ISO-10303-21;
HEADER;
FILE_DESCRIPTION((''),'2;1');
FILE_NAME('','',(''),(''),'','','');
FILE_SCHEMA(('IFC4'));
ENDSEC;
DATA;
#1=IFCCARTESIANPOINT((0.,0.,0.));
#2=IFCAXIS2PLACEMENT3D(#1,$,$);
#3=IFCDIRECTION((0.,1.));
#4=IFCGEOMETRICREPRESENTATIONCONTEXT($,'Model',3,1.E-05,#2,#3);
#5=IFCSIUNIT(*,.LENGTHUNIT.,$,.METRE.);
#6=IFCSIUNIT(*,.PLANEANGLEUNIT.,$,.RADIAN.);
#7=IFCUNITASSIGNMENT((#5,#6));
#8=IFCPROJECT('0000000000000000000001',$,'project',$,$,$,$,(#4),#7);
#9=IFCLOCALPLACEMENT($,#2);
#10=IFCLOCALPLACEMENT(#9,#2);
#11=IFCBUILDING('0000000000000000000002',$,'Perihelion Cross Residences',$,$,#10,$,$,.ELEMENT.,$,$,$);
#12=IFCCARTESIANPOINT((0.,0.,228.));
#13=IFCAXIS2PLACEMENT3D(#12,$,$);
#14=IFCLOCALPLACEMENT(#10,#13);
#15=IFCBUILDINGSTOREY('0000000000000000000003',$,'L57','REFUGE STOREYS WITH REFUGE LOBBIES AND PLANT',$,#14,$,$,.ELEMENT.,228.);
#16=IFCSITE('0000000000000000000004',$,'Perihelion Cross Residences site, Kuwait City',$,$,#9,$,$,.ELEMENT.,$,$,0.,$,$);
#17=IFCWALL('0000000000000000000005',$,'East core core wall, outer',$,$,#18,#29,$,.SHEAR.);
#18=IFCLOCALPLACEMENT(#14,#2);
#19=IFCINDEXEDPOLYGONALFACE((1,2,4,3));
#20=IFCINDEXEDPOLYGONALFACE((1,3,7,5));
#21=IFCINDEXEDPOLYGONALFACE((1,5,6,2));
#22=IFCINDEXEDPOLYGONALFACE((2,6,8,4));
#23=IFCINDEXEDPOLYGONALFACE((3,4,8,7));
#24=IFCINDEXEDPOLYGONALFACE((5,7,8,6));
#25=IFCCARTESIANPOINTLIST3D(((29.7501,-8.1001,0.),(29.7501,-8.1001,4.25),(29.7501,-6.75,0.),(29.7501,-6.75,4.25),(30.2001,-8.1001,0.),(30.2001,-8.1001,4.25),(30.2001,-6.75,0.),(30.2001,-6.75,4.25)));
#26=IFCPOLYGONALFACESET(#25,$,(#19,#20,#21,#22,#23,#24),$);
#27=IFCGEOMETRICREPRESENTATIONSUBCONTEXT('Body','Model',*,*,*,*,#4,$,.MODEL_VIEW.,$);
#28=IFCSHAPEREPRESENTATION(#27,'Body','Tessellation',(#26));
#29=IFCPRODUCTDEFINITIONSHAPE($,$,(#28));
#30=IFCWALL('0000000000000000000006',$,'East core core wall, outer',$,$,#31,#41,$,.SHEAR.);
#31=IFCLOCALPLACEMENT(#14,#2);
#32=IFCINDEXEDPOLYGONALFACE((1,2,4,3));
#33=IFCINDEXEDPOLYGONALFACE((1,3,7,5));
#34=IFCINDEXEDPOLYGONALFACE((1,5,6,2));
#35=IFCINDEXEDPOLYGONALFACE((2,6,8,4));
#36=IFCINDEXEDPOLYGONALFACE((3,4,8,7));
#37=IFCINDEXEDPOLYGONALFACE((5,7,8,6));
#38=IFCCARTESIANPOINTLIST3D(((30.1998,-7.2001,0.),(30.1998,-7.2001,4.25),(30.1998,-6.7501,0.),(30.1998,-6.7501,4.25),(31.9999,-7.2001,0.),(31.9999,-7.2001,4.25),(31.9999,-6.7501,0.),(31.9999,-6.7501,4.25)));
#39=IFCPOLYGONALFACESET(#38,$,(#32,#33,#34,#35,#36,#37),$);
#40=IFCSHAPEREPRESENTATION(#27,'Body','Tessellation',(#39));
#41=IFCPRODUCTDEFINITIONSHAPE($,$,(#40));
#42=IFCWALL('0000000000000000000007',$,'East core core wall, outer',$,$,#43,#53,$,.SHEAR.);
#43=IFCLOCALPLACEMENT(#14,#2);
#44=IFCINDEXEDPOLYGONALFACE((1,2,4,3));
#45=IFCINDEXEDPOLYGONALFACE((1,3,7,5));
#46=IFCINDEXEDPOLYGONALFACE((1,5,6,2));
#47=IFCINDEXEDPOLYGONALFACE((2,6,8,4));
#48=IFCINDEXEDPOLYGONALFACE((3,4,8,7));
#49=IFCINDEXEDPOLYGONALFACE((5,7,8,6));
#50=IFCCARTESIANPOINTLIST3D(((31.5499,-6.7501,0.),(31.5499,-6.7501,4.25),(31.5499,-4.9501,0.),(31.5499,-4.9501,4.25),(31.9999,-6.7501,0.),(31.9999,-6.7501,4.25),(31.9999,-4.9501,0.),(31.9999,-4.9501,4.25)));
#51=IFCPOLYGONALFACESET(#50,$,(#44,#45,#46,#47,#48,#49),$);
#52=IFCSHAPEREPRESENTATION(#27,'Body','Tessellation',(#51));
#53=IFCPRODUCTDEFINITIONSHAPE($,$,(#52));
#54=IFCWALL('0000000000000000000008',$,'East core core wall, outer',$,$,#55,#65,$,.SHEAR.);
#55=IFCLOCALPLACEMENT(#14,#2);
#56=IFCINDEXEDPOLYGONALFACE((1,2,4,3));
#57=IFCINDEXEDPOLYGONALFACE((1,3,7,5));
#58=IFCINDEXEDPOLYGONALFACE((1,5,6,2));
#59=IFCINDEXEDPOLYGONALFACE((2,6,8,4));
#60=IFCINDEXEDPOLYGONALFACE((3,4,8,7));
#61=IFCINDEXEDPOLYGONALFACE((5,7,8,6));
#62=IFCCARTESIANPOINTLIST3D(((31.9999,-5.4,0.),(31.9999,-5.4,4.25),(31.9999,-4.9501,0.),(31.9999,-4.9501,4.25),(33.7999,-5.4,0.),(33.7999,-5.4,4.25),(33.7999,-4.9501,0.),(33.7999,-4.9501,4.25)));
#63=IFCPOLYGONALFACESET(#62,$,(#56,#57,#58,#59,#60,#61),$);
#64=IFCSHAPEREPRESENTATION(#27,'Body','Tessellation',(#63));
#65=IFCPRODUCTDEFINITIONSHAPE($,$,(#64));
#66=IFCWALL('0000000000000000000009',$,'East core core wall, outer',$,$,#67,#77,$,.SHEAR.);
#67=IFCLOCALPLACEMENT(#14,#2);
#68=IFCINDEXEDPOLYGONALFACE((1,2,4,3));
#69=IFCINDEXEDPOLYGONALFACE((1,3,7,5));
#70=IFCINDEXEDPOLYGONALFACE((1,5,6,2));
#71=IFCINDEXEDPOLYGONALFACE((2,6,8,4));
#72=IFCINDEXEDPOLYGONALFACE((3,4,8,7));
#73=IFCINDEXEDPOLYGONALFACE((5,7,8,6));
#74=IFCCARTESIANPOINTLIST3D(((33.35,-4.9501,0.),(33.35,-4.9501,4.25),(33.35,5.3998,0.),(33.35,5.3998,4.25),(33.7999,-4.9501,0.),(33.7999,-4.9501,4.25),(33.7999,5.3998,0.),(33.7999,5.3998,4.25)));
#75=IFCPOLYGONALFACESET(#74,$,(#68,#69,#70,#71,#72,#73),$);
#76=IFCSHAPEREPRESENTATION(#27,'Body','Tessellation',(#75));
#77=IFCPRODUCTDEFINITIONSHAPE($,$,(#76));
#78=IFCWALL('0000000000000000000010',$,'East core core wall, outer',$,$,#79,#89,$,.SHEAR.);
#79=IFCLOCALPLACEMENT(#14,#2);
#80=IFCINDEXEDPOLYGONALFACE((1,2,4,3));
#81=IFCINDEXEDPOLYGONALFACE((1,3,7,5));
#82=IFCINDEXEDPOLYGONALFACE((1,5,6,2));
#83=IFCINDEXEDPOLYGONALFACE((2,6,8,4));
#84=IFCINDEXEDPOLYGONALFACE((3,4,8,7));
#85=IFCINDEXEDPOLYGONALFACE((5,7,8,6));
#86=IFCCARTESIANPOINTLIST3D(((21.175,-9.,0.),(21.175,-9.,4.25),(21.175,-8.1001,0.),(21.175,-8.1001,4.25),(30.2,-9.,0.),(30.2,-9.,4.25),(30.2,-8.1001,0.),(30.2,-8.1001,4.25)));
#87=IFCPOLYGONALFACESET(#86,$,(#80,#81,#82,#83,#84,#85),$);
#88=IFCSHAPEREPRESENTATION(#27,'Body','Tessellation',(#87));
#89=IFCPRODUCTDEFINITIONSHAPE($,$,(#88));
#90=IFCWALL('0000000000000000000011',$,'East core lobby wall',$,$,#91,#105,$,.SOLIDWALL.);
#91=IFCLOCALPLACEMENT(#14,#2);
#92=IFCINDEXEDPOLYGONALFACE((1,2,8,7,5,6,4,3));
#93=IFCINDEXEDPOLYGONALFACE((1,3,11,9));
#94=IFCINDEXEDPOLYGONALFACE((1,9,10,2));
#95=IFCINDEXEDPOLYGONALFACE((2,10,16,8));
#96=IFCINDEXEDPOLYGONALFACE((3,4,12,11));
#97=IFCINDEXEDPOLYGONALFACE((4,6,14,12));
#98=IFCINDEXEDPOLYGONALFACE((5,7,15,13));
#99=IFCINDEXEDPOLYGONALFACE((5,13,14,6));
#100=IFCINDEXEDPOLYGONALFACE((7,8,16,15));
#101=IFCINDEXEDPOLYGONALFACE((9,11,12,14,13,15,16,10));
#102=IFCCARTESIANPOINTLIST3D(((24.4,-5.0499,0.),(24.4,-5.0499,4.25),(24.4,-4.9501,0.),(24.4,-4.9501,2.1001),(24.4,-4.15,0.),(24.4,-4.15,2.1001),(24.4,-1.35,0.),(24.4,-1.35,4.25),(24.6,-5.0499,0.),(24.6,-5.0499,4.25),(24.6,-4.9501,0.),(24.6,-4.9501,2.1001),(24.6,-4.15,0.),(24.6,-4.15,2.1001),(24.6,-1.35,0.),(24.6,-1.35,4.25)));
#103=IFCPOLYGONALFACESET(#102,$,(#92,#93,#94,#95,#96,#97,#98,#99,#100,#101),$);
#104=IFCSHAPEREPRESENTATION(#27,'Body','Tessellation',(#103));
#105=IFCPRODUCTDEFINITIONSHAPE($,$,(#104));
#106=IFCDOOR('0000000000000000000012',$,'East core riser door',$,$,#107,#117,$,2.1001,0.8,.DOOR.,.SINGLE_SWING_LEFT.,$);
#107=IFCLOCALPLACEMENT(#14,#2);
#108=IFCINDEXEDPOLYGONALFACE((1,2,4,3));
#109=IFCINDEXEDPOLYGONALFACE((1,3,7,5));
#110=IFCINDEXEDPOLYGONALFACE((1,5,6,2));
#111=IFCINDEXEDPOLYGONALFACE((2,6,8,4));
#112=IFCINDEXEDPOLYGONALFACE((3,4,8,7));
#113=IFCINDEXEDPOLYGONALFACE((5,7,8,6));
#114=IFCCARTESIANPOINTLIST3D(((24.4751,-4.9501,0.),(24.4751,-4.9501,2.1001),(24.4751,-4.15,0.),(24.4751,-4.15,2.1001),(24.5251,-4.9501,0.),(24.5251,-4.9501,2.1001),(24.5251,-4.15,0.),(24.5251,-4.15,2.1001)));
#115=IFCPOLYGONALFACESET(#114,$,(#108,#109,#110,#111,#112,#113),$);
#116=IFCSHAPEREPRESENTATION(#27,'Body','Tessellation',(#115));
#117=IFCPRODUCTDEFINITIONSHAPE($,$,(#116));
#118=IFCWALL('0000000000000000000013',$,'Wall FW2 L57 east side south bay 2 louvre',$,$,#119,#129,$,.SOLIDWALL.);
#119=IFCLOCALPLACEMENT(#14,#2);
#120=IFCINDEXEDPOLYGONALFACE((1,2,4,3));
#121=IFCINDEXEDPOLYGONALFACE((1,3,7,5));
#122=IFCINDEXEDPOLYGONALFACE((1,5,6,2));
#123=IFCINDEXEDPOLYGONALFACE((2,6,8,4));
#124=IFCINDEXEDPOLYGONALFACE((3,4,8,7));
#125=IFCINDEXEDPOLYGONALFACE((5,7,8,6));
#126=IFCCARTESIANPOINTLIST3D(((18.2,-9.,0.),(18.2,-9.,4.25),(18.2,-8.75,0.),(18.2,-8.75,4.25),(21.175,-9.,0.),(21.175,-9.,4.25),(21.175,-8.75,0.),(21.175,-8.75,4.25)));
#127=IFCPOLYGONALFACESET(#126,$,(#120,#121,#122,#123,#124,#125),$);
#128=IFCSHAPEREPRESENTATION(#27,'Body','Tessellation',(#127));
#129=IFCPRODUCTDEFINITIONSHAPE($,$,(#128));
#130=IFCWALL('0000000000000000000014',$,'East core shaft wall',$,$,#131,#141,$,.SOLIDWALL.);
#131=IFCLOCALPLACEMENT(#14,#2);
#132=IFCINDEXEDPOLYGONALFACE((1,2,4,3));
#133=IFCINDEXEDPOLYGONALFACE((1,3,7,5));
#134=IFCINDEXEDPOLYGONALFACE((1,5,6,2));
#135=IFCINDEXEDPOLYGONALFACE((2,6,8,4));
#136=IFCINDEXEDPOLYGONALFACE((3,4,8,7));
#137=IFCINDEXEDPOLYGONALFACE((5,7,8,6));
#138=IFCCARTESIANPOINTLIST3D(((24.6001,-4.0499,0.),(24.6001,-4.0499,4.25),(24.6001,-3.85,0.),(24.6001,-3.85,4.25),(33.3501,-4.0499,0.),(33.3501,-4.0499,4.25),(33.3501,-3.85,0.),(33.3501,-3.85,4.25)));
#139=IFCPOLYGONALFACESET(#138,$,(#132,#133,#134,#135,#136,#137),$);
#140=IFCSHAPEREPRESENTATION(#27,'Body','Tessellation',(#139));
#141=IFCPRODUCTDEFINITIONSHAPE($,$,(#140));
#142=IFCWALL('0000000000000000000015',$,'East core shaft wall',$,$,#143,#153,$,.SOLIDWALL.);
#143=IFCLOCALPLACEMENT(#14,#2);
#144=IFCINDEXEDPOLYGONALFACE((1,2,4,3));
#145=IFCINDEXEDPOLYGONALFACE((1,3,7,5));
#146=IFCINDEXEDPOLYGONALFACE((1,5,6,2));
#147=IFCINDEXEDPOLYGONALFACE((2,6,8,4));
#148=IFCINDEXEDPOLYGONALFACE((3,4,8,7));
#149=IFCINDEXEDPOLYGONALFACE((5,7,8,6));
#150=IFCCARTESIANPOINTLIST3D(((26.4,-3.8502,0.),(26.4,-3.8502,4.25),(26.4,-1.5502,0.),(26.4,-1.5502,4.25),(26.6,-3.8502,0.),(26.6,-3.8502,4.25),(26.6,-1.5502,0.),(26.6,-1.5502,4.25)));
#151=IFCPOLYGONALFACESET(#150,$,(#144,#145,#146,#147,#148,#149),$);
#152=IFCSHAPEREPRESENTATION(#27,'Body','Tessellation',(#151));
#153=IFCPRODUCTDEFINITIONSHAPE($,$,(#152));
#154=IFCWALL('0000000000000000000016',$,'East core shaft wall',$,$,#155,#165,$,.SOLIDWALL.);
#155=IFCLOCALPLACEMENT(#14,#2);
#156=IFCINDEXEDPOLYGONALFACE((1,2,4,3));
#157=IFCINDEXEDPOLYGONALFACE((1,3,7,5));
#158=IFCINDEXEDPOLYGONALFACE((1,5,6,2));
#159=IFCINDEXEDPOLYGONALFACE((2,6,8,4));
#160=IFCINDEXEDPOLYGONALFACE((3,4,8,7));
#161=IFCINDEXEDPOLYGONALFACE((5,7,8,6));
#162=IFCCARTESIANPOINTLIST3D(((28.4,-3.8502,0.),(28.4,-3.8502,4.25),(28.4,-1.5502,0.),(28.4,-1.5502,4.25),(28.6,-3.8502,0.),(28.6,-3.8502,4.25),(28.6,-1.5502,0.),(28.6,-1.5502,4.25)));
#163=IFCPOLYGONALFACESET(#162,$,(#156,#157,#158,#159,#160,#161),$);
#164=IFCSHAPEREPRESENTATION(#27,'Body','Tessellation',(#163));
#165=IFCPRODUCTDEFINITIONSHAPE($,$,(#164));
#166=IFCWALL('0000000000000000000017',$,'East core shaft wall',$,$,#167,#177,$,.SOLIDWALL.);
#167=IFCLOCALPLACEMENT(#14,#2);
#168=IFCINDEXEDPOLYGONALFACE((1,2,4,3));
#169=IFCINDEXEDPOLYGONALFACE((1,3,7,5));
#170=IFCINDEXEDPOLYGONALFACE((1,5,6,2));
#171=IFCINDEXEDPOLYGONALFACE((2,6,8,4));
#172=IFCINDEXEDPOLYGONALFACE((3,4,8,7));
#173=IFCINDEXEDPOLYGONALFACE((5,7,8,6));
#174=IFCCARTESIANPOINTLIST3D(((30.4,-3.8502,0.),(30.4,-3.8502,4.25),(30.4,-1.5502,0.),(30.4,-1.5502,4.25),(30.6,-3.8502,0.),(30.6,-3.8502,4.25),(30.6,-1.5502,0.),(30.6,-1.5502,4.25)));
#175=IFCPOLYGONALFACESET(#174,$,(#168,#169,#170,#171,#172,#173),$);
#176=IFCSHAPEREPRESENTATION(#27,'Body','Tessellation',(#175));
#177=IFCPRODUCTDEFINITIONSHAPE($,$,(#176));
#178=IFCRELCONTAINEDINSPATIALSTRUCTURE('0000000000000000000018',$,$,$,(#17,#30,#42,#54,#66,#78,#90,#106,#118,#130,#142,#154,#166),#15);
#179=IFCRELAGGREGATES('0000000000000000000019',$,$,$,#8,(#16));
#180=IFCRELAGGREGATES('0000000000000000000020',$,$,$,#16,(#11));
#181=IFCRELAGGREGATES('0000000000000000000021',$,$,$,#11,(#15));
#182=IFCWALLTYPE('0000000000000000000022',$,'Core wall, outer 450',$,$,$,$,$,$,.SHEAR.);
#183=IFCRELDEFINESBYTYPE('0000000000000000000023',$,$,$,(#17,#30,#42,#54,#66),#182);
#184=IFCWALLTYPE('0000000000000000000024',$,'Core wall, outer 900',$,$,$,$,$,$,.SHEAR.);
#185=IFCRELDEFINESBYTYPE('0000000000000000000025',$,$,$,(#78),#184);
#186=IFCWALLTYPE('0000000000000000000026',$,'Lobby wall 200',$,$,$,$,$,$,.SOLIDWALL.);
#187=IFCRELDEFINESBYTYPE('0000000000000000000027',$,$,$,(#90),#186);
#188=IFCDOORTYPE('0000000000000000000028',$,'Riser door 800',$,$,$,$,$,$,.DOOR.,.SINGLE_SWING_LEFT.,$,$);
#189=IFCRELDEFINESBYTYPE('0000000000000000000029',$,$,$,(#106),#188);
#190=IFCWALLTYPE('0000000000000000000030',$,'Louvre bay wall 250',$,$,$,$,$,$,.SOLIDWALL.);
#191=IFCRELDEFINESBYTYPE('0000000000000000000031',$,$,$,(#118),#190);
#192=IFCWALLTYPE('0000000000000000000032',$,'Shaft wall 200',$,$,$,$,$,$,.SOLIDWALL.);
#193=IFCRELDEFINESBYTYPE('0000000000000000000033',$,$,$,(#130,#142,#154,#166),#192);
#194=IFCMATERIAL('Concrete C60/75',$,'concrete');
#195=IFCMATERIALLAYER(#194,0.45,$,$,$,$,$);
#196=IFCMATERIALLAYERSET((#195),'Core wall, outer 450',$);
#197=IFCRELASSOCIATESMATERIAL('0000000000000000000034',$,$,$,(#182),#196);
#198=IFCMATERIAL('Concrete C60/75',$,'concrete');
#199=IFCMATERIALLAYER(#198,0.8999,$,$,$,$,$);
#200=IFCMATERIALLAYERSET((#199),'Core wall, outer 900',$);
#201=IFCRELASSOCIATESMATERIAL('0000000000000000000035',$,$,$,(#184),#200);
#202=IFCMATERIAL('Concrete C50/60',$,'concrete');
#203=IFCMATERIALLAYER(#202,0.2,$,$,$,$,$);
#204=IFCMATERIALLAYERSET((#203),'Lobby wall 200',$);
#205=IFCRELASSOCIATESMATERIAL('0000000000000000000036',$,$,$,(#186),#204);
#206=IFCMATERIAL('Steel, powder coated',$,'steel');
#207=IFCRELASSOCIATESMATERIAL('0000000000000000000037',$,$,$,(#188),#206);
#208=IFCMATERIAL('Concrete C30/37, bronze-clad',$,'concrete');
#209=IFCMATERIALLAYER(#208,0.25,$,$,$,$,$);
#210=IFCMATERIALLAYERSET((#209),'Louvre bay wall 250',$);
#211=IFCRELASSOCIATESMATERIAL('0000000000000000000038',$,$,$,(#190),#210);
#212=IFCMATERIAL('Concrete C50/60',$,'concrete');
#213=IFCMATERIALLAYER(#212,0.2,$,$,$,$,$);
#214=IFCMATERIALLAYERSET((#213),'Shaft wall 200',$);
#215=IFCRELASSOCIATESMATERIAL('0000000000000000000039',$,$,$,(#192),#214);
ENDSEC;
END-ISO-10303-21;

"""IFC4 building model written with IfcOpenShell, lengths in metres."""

from ifc_helpers import new_model, si_unit, direction, frame, frame_2d, origin, place, context, subcontext, project, spatial, rectangle, extrude, material, layer, layer_set, type_object, element, fill, save


model = new_model("IFC4")

# Units and contexts
model_context = context("Model", 3, precision=1e-05, world=origin(), true_north=direction((0.0, 1.0)))
body_context = subcontext(model_context, "Body", "Model", "MODEL_VIEW")
ifc_project = project(units=[si_unit("LENGTHUNIT", "METRE"), si_unit("PLANEANGLEUNIT", "RADIAN")], contexts=[model_context])

# Site, building, storey
site_placement = place(None, origin())
site = spatial("IfcSite", under=ifc_project, at=site_placement, Name="Perihelion Cross Residences site, Kuwait City", CompositionType="ELEMENT", RefElevation=0.0)
building_placement = place(site_placement, origin())
building = spatial("IfcBuilding", under=site, at=building_placement, Name="Perihelion Cross Residences", CompositionType="ELEMENT")
storey_placement = place(building_placement, frame((0.0, 0.0, 228.0)))
storey = spatial("IfcBuildingStorey", under=building, at=storey_placement, Name="L57", Description="REFUGE STOREYS WITH REFUGE LOBBIES AND PLANT", CompositionType="ELEMENT", Elevation=228.0)

# Walls
ifc_material_1 = material(Name="Concrete C60/75", Category="concrete")
ifc_layer_1 = layer(ifc_material_1, 0.45)
ifc_layer_set_1 = layer_set([ifc_layer_1], Name="Core wall, outer 450")
wall_type_1 = type_object("IfcWallType", Name="Core wall, outer 450", PredefinedType="SHEAR", material=ifc_layer_set_1)
wall_1_placement = place(storey_placement, frame((29.9751, -8.1001, 0.0), z_axis=(0.0, 0.0, 1.0), x_axis=(0.0, 1.0, 0.0)))
element("IfcWall", 1, at=wall_1_placement, inside=storey, type_object=wall_type_1, Name="East core core wall, outer", PredefinedType="SHEAR", context=body_context, shape_type="SweptSolid", body=[
    extrude(rectangle(XDim=1.3501, YDim=0.45, at=frame_2d((0.675, 0.0))), origin(), (0.0, 0.0, 1.0), 4.25),
])
for number, where, z_axis, x_axis, name in (
    (2, (30.2, -6.9751, 0.0), (0.0, 0.0, 1.0), (1.0, 0.0, 0.0), "East core core wall, outer"),
    (3, (31.7749, -6.75, 0.0), (0.0, 0.0, 1.0), (0.0, 1.0, 0.0), "East core core wall, outer"),
    (4, (32.0, -5.175, 0.0), (0.0, 0.0, 1.0), (1.0, 0.0, 0.0), "East core core wall, outer"),
):
    element("IfcWall", number, at=place(storey_placement, frame(where, z_axis=z_axis, x_axis=x_axis)), inside=storey, type_object=wall_type_1, Name=name, PredefinedType="SHEAR", context=body_context, shape_type="SweptSolid", body=[
        extrude(rectangle(XDim=1.8, YDim=0.45, at=frame_2d((0.8999, 0.0))), origin(), (0.0, 0.0, 1.0), 4.25),
    ])
wall_2_placement = place(storey_placement, frame((33.575, -4.95, 0.0), z_axis=(0.0, 0.0, 1.0), x_axis=(0.0, 1.0, 0.0)))
element("IfcWall", 5, at=wall_2_placement, inside=storey, type_object=wall_type_1, Name="East core core wall, outer", PredefinedType="SHEAR", context=body_context, shape_type="SweptSolid", body=[
    extrude(rectangle(XDim=10.3499, YDim=0.45, at=frame_2d((5.1748, 0.0))), origin(), (0.0, 0.0, 1.0), 4.25),
])
ifc_material_2 = material(Name="Concrete C60/75", Category="concrete")
ifc_layer_2 = layer(ifc_material_2, 0.8999)
ifc_layer_set_2 = layer_set([ifc_layer_2], Name="Core wall, outer 900")
wall_type_2 = type_object("IfcWallType", Name="Core wall, outer 900", PredefinedType="SHEAR", material=ifc_layer_set_2)
wall_3_placement = place(storey_placement, frame((21.175, -8.55, 0.0), z_axis=(0.0, 0.0, 1.0), x_axis=(1.0, 0.0, 0.0)))
element("IfcWall", 6, at=wall_3_placement, inside=storey, type_object=wall_type_2, Name="East core core wall, outer", PredefinedType="SHEAR", context=body_context, shape_type="SweptSolid", body=[
    extrude(rectangle(XDim=9.0249, YDim=0.8999, at=frame_2d((4.5125, 0.0))), origin(), (0.0, 0.0, 1.0), 4.25),
])

# Wall, opening, door
ifc_material_3 = material(Name="Concrete C50/60", Category="concrete")
ifc_layer_3 = layer(ifc_material_3, 0.2)
ifc_layer_set_3 = layer_set([ifc_layer_3], Name="Lobby wall 200")
wall_type_3 = type_object("IfcWallType", Name="Lobby wall 200", PredefinedType="SOLIDWALL", material=ifc_layer_set_3)
wall_4_placement = place(storey_placement, frame((24.5, -5.05, 0.0), z_axis=(0.0, 0.0, 1.0), x_axis=(0.0, 1.0, 0.0)))
wall_4 = element("IfcWall", 7, at=wall_4_placement, inside=storey, type_object=wall_type_3, Name="East core lobby wall", PredefinedType="SOLIDWALL", context=body_context, shape_type="SweptSolid", body=[
    extrude(rectangle(XDim=3.7, YDim=0.2, at=frame_2d((1.8501, 0.0))), origin(), (0.0, 0.0, 1.0), 4.25),
])
opening_1_placement = place(wall_4_placement, frame((0.1001, 0.0, 0.0)))
opening_1 = element("IfcOpeningElement", 8, at=opening_1_placement, cuts=wall_4, PredefinedType="OPENING", context=body_context, shape_type="SweptSolid", body=[
    extrude(rectangle(XDim=0.8, YDim=2.1001, at=frame_2d((0.3999, 1.05))), frame((0.0, 0.1099, 0.0), z_axis=(0.0, -1.0, 0.0), x_axis=(1.0, 0.0, 0.0)), (0.0, 0.0, 1.0), 0.22),
])
ifc_material_4 = material(Name="Steel, powder coated", Category="steel")
door_type_1 = type_object("IfcDoorType", Name="Riser door 800", OperationType="SINGLE_SWING_LEFT", PredefinedType="DOOR", material=ifc_material_4)
door_1_placement = place(opening_1_placement, origin())
door_1 = element("IfcDoor", 9, at=door_1_placement, inside=storey, type_object=door_type_1, Name="East core riser door", OperationType="SINGLE_SWING_LEFT", OverallHeight=2.1001, OverallWidth=0.8, PredefinedType="DOOR", context=body_context, shape_type="SweptSolid", body=[
    extrude(rectangle(XDim=0.8, YDim=2.1001, at=frame_2d((0.3999, 1.05))), frame((0.0, 0.0249, 0.0), z_axis=(0.0, -1.0, 0.0), x_axis=(1.0, 0.0, 0.0)), (0.0, 0.0, 1.0), 0.05),
])
fill(opening_1, door_1)

# Walls
ifc_material_5 = material(Name="Concrete C30/37, bronze-clad", Category="concrete")
ifc_layer_4 = layer(ifc_material_5, 0.25)
ifc_layer_set_4 = layer_set([ifc_layer_4], Name="Louvre bay wall 250")
wall_type_4 = type_object("IfcWallType", Name="Louvre bay wall 250", PredefinedType="SOLIDWALL", material=ifc_layer_set_4)
wall_5_placement = place(storey_placement, frame((18.2, -8.875, 0.0), z_axis=(0.0, 0.0, 1.0), x_axis=(1.0, 0.0, 0.0)))
element("IfcWall", 10, at=wall_5_placement, inside=storey, type_object=wall_type_4, Name="Wall FW2 L57 east side south bay 2 louvre", PredefinedType="SOLIDWALL", context=body_context, shape_type="SweptSolid", body=[
    extrude(rectangle(XDim=2.9751, YDim=0.25, at=frame_2d((1.4875, 0.0))), origin(), (0.0, 0.0, 1.0), 4.25),
])
ifc_material_6 = material(Name="Concrete C50/60", Category="concrete")
ifc_layer_5 = layer(ifc_material_6, 0.2)
ifc_layer_set_5 = layer_set([ifc_layer_5], Name="Shaft wall 200")
wall_type_5 = type_object("IfcWallType", Name="Shaft wall 200", PredefinedType="SOLIDWALL", material=ifc_layer_set_5)
wall_6_placement = place(storey_placement, frame((24.6001, -3.95, 0.0), z_axis=(0.0, 0.0, 1.0), x_axis=(1.0, 0.0, 0.0)))
element("IfcWall", 11, at=wall_6_placement, inside=storey, type_object=wall_type_5, Name="East core shaft wall", PredefinedType="SOLIDWALL", context=body_context, shape_type="SweptSolid", body=[
    extrude(rectangle(XDim=8.75, YDim=0.2, at=frame_2d((4.375, 0.0))), origin(), (0.0, 0.0, 1.0), 4.25),
])
for number, where, z_axis, x_axis, name in (
    (12, (26.5, -3.8501, 0.0), (0.0, 0.0, 1.0), (0.0, 1.0, 0.0), "East core shaft wall"),
    (13, (28.5, -3.8501, 0.0), (0.0, 0.0, 1.0), (0.0, 1.0, 0.0), "East core shaft wall"),
    (14, (30.5, -3.8501, 0.0), (0.0, 0.0, 1.0), (0.0, 1.0, 0.0), "East core shaft wall"),
):
    element("IfcWall", number, at=place(storey_placement, frame(where, z_axis=z_axis, x_axis=x_axis)), inside=storey, type_object=wall_type_5, Name=name, PredefinedType="SOLIDWALL", context=body_context, shape_type="SweptSolid", body=[
        extrude(rectangle(XDim=2.3, YDim=0.2, at=frame_2d((1.1499, 0.0))), origin(), (0.0, 0.0, 1.0), 4.25),
    ])

save(model, "model.ifc")
